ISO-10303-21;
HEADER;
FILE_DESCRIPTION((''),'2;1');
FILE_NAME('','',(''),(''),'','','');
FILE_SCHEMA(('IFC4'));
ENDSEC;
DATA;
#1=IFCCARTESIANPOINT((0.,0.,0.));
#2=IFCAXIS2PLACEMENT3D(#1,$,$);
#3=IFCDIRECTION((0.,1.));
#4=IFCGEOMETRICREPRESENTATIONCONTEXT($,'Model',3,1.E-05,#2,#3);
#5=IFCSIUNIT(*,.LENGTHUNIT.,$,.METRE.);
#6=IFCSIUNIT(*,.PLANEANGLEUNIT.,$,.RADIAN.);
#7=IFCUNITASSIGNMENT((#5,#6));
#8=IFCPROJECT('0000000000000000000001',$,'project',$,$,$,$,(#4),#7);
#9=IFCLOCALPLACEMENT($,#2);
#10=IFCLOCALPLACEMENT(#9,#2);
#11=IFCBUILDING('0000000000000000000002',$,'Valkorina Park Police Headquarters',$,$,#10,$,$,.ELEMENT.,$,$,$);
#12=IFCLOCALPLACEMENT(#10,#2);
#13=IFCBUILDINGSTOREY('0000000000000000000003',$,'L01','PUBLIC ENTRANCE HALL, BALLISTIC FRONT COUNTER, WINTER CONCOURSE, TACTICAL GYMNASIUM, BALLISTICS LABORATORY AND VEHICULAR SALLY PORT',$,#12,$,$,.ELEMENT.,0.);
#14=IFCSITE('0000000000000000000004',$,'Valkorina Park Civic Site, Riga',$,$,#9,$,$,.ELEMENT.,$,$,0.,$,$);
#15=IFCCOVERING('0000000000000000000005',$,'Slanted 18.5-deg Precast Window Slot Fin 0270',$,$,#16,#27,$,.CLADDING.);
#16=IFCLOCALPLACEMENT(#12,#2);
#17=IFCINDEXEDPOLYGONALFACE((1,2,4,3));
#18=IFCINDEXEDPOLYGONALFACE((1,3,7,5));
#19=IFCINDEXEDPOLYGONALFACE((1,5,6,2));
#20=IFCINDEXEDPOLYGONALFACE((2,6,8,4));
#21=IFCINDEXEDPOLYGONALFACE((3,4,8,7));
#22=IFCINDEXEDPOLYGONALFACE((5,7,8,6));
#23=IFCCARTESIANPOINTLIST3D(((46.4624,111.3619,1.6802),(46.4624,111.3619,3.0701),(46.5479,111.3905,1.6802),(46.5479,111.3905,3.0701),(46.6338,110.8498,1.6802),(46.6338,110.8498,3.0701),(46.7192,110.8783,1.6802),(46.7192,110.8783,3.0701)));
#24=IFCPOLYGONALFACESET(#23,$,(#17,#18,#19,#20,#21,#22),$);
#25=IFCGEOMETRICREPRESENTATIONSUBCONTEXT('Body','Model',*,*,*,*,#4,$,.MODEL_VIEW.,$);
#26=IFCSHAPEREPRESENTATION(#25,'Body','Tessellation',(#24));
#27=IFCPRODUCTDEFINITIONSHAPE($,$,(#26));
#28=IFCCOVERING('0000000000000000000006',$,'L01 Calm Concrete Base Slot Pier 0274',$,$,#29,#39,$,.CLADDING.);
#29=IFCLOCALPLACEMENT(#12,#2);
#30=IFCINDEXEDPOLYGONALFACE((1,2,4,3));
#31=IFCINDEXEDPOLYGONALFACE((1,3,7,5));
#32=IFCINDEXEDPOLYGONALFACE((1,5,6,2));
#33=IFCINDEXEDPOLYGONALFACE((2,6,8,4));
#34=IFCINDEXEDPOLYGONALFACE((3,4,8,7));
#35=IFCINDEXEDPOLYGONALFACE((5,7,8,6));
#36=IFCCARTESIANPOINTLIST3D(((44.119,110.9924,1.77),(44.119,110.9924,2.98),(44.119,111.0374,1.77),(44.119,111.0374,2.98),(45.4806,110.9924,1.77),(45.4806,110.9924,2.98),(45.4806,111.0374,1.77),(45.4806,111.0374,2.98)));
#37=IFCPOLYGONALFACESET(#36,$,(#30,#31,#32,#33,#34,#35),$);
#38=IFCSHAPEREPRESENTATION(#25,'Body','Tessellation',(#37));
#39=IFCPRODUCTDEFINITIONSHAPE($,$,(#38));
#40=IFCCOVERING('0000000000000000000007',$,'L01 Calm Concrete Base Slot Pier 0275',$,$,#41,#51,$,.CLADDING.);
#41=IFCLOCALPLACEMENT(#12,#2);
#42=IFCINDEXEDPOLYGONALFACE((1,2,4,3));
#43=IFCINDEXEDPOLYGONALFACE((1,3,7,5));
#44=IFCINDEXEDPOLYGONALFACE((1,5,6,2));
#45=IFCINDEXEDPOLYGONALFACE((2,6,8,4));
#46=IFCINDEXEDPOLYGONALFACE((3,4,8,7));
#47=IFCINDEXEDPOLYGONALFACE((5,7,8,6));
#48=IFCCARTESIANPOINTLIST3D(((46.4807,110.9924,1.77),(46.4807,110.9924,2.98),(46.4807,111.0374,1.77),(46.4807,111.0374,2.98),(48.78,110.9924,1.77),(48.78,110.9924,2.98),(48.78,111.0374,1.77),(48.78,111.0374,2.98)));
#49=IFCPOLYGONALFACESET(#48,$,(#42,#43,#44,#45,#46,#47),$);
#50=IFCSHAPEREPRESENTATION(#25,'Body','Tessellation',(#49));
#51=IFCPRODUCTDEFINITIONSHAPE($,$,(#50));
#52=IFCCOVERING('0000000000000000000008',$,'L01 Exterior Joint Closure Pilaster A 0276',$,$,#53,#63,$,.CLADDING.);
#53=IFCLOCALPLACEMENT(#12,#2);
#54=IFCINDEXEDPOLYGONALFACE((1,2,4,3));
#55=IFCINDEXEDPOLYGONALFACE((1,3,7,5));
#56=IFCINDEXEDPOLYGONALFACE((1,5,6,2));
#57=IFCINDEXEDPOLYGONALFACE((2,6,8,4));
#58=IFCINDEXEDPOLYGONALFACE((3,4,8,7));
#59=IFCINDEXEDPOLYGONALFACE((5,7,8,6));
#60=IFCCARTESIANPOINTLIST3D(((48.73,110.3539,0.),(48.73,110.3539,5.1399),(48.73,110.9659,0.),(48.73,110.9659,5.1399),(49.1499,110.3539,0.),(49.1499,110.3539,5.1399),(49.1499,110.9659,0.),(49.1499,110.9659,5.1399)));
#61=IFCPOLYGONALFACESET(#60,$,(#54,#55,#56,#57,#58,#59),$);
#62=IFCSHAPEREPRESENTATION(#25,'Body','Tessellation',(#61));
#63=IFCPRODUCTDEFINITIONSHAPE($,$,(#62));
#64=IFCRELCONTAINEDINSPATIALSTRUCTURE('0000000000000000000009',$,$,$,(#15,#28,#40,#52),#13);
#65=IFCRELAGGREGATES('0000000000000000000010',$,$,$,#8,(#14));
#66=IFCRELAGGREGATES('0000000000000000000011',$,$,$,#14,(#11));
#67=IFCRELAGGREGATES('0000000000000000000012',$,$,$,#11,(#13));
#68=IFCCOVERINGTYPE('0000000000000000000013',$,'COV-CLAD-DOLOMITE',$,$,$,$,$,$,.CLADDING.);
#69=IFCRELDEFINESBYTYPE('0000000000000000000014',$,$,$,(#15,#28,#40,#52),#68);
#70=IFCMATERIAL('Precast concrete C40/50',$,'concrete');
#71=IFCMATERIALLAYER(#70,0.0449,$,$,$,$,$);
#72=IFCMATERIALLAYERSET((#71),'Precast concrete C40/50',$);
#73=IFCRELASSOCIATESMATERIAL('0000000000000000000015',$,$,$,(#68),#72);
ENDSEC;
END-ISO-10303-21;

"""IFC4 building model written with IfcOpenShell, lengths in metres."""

from ifc_helpers import new_model, si_unit, direction, frame, frame_2d, origin, origin_2d, place, context, subcontext, project, spatial, rectangle, extrude, material, layer, layer_set, type_object, element, save


model = new_model("IFC4")

# Units and contexts
model_context = context("Model", 3, precision=1e-05, world=origin(), true_north=direction((0.0, 1.0)))
body_context = subcontext(model_context, "Body", "Model", "MODEL_VIEW")
ifc_project = project(units=[si_unit("LENGTHUNIT", "METRE"), si_unit("PLANEANGLEUNIT", "RADIAN")], contexts=[model_context])

# Site, building, storey
site_placement = place(None, origin())
site = spatial("IfcSite", under=ifc_project, at=site_placement, Name="Valkorina Park Civic Site, Riga", CompositionType="ELEMENT", RefElevation=0.0)
building_placement = place(site_placement, origin())
building = spatial("IfcBuilding", under=site, at=building_placement, Name="Valkorina Park Police Headquarters", CompositionType="ELEMENT")
storey_placement = place(building_placement, origin())
storey = spatial("IfcBuildingStorey", under=building, at=storey_placement, Name="L01", Description="PUBLIC ENTRANCE HALL, BALLISTIC FRONT COUNTER, WINTER CONCOURSE, TACTICAL GYMNASIUM, BALLISTICS LABORATORY AND VEHICULAR SALLY PORT", CompositionType="ELEMENT", Elevation=0.0)

# Shared definitions
ifc_material_1 = material(Name="Precast concrete C40/50", Category="concrete")

# Coverings
ifc_layer_1 = layer(ifc_material_1, 0.0449)
ifc_layer_set_1 = layer_set([ifc_layer_1], Name="Precast concrete C40/50")
covering_type = type_object("IfcCoveringType", Name="COV-CLAD-DOLOMITE", PredefinedType="CLADDING", material=ifc_layer_set_1)
for number, where, z_axis, x_axis, name in (
    (1, (46.5908, 111.1201, 1.6802), (0.0, 0.0, 1.0), (-0.317305, 0.948324, 0.0), "Slanted 18.5-deg Precast Window Slot Fin 0270"),
):
    element("IfcCovering", number, at=place(storey_placement, frame(where, z_axis=z_axis, x_axis=x_axis)), inside=storey, type_object=covering_type, Name=name, PredefinedType="CLADDING", context=body_context, shape_type="SweptSolid", body=[
        extrude(rectangle(XDim=0.54, YDim=0.0901, at=origin_2d()), origin(), (0.0, 0.0, 1.0), 1.3899),
    ])
covering_1_placement = place(storey_placement, frame((44.1191, 111.0149, 1.77), z_axis=(0.0, 0.0, 1.0), x_axis=(1.0, 0.0, 0.0)))
element("IfcCovering", 2, at=covering_1_placement, inside=storey, type_object=covering_type, Name="L01 Calm Concrete Base Slot Pier 0274", PredefinedType="CLADDING", context=body_context, shape_type="SweptSolid", body=[
    extrude(rectangle(XDim=1.3616, YDim=0.0449, at=frame_2d((0.6807, 0.0))), origin(), (0.0, 0.0, 1.0), 1.21),
])
covering_2_placement = place(storey_placement, frame((46.4807, 111.0149, 1.77), z_axis=(0.0, 0.0, 1.0), x_axis=(1.0, 0.0, 0.0)))
element("IfcCovering", 3, at=covering_2_placement, inside=storey, type_object=covering_type, Name="L01 Calm Concrete Base Slot Pier 0275", PredefinedType="CLADDING", context=body_context, shape_type="SweptSolid", body=[
    extrude(rectangle(XDim=2.2993, YDim=0.0449, at=frame_2d((1.1497, 0.0))), origin(), (0.0, 0.0, 1.0), 1.21),
])
covering_3_placement = place(storey_placement, frame((48.9399, 110.6599, 0.0), z_axis=(0.0, 0.0, 1.0), x_axis=(1.0, 0.0, 0.0)))
element("IfcCovering", 4, at=covering_3_placement, inside=storey, type_object=covering_type, Name="L01 Exterior Joint Closure Pilaster A 0276", PredefinedType="CLADDING", context=body_context, shape_type="SweptSolid", body=[
    extrude(rectangle(XDim=0.4199, YDim=0.6121, at=origin_2d()), origin(), (0.0, 0.0, 1.0), 5.1399),
])

save(model, "model.ifc")
